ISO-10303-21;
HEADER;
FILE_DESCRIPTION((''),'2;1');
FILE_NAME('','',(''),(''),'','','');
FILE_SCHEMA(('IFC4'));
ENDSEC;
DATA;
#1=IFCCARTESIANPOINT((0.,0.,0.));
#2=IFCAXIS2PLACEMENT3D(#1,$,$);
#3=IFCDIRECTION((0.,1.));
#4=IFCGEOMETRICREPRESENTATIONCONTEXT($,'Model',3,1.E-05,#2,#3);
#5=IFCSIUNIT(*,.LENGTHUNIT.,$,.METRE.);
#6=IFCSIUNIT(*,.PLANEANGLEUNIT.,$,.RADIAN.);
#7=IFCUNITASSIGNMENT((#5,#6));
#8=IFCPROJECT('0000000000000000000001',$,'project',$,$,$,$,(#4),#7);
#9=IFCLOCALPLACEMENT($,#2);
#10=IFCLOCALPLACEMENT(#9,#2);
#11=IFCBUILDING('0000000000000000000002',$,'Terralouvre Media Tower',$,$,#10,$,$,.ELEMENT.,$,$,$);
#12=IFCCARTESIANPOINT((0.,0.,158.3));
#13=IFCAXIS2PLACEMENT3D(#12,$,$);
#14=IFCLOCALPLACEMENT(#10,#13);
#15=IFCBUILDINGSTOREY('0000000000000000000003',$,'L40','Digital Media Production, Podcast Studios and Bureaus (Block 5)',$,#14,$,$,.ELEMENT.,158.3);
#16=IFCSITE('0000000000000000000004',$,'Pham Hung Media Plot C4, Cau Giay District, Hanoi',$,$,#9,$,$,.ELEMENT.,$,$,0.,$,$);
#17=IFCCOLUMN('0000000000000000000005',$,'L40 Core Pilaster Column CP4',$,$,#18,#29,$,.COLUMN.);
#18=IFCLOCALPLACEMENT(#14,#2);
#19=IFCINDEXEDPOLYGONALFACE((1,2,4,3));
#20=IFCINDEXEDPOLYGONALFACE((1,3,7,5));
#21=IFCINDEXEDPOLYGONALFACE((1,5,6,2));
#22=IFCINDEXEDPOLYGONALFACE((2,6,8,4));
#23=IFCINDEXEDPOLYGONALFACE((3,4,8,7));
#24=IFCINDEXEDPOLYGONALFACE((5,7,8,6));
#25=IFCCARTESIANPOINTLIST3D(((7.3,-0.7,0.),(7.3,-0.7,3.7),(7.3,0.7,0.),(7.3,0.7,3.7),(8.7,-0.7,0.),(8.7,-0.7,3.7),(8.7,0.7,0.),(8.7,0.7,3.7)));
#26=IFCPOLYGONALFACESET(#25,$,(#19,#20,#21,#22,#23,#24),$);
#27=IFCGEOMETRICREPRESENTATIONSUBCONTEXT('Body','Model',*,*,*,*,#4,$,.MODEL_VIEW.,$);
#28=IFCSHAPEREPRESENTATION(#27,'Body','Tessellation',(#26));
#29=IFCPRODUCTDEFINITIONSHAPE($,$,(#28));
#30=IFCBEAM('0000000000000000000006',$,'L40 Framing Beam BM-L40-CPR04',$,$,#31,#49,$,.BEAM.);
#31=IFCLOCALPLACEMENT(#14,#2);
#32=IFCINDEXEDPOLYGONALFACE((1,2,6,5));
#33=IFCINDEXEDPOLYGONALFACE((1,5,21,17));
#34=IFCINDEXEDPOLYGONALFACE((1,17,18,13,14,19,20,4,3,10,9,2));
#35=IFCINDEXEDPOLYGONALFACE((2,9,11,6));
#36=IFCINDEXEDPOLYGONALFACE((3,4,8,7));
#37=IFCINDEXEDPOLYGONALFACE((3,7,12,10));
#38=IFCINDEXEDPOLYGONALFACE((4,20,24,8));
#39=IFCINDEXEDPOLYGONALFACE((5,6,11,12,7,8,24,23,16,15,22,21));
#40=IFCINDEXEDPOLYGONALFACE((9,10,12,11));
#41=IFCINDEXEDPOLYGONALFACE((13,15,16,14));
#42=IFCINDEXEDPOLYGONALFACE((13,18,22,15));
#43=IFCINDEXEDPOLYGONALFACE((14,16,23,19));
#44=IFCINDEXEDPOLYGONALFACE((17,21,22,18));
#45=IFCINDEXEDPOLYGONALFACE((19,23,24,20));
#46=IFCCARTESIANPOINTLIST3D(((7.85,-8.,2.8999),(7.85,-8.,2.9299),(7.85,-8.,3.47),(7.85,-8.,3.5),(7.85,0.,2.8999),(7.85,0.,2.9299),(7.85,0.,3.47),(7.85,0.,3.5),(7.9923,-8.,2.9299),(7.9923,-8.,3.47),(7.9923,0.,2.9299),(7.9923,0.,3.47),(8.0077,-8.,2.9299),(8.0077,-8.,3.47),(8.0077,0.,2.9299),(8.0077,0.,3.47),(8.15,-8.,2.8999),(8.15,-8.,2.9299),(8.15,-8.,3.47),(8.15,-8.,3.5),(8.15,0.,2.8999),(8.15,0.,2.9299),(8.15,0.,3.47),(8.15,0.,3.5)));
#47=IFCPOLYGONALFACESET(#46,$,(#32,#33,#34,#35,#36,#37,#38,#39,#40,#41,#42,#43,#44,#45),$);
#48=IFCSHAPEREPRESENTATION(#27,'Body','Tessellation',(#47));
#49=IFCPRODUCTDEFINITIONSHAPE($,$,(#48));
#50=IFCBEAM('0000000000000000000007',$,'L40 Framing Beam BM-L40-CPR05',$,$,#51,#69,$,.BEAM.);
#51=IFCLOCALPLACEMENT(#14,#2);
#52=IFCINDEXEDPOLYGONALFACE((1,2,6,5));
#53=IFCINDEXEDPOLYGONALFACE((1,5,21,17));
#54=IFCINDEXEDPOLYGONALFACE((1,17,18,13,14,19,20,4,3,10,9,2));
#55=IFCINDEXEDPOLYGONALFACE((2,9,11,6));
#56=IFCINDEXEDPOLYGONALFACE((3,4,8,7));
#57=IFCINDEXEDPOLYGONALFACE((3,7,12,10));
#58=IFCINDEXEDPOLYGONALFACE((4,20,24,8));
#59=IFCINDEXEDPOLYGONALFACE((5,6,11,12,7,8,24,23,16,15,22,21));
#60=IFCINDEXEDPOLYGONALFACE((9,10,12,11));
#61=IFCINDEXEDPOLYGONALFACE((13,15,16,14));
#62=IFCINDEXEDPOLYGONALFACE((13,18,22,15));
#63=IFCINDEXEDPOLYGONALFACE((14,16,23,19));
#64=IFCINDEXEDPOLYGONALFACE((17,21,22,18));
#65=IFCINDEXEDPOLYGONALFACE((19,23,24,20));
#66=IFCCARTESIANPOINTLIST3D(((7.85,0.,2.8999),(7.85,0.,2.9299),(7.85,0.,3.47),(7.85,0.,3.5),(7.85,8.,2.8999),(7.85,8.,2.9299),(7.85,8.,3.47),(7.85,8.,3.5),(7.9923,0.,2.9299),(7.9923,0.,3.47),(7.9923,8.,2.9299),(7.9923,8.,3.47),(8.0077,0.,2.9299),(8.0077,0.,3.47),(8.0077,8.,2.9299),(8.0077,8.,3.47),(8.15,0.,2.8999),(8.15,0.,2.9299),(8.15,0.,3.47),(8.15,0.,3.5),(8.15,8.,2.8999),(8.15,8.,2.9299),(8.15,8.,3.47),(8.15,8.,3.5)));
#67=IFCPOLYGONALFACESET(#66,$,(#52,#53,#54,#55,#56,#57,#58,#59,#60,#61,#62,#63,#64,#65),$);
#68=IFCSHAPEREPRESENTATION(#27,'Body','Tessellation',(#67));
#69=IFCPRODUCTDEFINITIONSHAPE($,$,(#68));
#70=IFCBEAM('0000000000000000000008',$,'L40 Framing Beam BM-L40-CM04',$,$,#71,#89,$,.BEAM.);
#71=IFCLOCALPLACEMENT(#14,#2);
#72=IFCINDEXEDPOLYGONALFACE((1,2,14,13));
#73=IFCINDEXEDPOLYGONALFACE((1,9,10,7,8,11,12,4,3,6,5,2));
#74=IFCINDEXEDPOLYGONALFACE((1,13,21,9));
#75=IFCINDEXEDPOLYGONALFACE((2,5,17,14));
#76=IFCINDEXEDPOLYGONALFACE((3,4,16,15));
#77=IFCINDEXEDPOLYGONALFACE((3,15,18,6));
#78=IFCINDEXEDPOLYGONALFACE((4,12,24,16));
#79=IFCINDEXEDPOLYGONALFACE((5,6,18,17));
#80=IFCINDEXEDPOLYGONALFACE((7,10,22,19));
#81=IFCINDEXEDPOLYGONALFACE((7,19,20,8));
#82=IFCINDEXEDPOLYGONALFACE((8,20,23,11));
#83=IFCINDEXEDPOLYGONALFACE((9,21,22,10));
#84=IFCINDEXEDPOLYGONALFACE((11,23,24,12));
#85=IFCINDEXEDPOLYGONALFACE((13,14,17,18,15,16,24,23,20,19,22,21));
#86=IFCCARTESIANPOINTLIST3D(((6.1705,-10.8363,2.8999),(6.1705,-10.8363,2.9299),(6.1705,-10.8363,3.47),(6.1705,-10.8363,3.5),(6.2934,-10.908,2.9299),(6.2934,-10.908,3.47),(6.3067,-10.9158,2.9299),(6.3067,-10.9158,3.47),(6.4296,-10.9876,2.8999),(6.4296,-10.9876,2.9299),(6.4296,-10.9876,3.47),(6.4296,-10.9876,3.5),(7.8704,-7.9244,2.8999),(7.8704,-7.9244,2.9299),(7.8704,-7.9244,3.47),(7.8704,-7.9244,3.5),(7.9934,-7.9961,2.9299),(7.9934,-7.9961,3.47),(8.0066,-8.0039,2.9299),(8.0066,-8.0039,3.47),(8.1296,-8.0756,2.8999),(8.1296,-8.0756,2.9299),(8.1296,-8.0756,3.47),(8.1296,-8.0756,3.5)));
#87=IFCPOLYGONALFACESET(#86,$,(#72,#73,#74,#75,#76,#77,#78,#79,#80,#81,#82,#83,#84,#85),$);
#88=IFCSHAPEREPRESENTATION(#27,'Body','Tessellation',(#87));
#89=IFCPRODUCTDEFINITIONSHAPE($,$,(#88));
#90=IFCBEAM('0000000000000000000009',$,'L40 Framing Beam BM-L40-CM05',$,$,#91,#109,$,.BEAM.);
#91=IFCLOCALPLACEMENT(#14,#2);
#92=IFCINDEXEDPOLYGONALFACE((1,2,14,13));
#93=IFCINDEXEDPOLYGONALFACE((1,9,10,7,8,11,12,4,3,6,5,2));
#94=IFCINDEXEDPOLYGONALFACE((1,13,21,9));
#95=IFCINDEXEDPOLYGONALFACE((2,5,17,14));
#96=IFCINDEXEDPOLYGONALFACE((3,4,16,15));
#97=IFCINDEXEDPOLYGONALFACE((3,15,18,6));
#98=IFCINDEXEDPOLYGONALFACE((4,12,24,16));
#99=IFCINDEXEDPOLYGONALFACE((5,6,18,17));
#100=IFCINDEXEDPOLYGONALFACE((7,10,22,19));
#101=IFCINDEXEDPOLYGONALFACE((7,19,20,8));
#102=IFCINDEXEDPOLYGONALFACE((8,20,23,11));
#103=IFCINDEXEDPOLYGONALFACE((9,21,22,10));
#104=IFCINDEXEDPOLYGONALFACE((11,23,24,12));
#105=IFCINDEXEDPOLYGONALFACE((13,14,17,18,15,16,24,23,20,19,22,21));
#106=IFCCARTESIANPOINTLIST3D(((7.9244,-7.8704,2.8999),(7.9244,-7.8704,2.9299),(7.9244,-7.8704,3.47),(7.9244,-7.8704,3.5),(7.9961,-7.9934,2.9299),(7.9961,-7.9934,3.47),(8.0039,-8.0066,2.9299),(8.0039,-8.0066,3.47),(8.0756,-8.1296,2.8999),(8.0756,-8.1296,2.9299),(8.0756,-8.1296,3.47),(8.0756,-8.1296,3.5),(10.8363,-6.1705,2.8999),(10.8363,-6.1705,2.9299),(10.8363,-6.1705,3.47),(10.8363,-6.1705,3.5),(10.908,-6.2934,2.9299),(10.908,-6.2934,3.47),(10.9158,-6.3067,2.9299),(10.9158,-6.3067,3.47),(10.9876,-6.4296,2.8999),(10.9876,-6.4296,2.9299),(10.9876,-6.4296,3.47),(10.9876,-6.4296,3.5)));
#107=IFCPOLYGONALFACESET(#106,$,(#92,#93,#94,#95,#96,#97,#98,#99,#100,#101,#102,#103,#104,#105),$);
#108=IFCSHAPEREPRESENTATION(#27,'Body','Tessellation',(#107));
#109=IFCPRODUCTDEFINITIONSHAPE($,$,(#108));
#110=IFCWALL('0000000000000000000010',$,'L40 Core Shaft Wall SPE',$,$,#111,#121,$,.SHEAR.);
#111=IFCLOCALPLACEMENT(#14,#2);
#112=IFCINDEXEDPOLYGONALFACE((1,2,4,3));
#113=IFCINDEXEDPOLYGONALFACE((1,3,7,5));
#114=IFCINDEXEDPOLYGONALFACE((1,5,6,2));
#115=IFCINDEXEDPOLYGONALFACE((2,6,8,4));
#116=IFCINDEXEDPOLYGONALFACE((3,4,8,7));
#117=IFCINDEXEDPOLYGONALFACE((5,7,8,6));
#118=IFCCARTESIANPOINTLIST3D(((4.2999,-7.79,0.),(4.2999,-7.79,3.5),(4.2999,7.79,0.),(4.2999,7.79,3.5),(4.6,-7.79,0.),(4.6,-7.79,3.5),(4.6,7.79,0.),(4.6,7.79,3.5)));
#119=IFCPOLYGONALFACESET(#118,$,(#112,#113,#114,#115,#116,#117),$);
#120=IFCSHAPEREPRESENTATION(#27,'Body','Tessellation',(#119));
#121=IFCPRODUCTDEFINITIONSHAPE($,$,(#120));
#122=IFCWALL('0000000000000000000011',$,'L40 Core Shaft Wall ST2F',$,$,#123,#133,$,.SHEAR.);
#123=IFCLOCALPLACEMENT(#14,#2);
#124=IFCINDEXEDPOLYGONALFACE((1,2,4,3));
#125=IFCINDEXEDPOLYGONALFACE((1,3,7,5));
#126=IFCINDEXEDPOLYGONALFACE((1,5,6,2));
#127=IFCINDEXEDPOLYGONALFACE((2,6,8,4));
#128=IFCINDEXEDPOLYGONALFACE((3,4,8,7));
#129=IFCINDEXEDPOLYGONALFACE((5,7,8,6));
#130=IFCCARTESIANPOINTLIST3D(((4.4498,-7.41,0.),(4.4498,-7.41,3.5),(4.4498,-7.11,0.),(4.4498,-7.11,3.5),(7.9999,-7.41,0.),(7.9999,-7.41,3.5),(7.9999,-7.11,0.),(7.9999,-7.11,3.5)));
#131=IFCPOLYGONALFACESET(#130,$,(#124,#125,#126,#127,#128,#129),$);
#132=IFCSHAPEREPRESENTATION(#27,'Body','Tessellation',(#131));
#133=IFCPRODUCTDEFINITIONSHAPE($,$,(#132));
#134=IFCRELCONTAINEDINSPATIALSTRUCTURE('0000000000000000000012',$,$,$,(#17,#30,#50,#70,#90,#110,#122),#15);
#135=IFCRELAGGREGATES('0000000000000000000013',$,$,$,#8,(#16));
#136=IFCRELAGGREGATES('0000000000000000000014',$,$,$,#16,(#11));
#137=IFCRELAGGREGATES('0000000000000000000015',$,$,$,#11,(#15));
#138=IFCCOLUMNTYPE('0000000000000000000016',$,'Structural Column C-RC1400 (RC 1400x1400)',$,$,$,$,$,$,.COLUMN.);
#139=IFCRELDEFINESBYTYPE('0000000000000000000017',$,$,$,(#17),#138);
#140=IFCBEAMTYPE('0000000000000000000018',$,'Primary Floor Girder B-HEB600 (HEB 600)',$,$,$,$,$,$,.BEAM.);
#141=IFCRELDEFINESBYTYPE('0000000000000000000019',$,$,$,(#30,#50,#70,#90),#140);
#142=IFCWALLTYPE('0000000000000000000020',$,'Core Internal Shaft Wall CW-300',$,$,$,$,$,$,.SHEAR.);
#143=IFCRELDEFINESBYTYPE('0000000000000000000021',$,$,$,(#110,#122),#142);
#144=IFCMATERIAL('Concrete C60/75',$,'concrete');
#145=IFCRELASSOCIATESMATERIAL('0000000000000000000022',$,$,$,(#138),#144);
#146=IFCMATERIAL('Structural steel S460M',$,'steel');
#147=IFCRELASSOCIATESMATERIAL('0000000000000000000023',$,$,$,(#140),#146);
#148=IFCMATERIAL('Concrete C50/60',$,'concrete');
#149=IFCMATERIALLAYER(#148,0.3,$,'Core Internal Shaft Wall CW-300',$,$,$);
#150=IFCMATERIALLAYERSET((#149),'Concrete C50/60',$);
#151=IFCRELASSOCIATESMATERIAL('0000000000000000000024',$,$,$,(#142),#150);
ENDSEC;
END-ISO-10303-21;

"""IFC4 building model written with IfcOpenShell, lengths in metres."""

from ifc_helpers import new_model, si_unit, direction, frame, frame_2d, origin, origin_2d, place, context, subcontext, project, spatial, rectangle, i_section, extrude, material, layer, layer_set, material_profile, profile_set, type_object, element, save


model = new_model("IFC4")

# Units and contexts
model_context = context("Model", 3, precision=1e-05, world=origin(), true_north=direction((0.0, 1.0)))
body_context = subcontext(model_context, "Body", "Model", "MODEL_VIEW")
ifc_project = project(units=[si_unit("LENGTHUNIT", "METRE"), si_unit("PLANEANGLEUNIT", "RADIAN")], contexts=[model_context])

# Site, building, storey
site_placement = place(None, origin())
site = spatial("IfcSite", under=ifc_project, at=site_placement, Name="Pham Hung Media Plot C4, Cau Giay District, Hanoi", CompositionType="ELEMENT", RefElevation=0.0)
building_placement = place(site_placement, origin())
building = spatial("IfcBuilding", under=site, at=building_placement, Name="Terralouvre Media Tower", CompositionType="ELEMENT")
storey_placement = place(building_placement, frame((0.0, 0.0, 158.3)))
storey = spatial("IfcBuildingStorey", under=building, at=storey_placement, Name="L40", Description="Digital Media Production, Podcast Studios and Bureaus (Block 5)", CompositionType="ELEMENT", Elevation=158.3)

# Column
ifc_material_1 = material(Name="Concrete C60/75", Category="concrete")
ifc_material_profile_1 = material_profile(ifc_material_1, rectangle(XDim=1.3999, YDim=1.3999, at=origin_2d()), Name="RC 1400x1400")
ifc_profile_set_1 = profile_set([ifc_material_profile_1], Name="Concrete C60/75")
column_type = type_object("IfcColumnType", Name="Structural Column C-RC1400 (RC 1400x1400)", PredefinedType="COLUMN", material=ifc_profile_set_1)
column_placement = place(storey_placement, frame((8.0, 0.0, 0.0), z_axis=(0.0, 0.0, 1.0), x_axis=(1.0, 0.0, 0.0)))
element("IfcColumn", 1, at=column_placement, inside=storey, type_object=column_type, Name="L40 Core Pilaster Column CP4", PredefinedType="COLUMN", context=body_context, shape_type="SweptSolid", body=[
    extrude(rectangle(XDim=1.3999, YDim=1.3999, at=origin_2d()), origin(), (0.0, 0.0, 1.0), 3.7),
])

# Beams
ifc_material_2 = material(Name="Structural steel S460M", Category="steel")
ifc_material_profile_2 = material_profile(ifc_material_2, i_section(OverallWidth=0.3, OverallDepth=0.6001, WebThickness=0.0154, FlangeThickness=0.03, at=origin_2d()), Name="HEB 600")
ifc_profile_set_2 = profile_set([ifc_material_profile_2], Name="Structural steel S460M")
beam_type = type_object("IfcBeamType", Name="Primary Floor Girder B-HEB600 (HEB 600)", PredefinedType="BEAM", material=ifc_profile_set_2)
for number, where, z_axis, x_axis, name in (
    (2, (8.0, -8.0, 3.2), (0.0, 1.0, 0.0), (-1.0, 0.0, 0.0), "L40 Framing Beam BM-L40-CPR04"),
    (3, (8.0, 0.0, 3.2), (0.0, 1.0, 0.0), (-1.0, 0.0, 0.0), "L40 Framing Beam BM-L40-CPR05"),
):
    element("IfcBeam", number, at=place(storey_placement, frame(where, z_axis=z_axis, x_axis=x_axis)), inside=storey, type_object=beam_type, Name=name, PredefinedType="BEAM", context=body_context, shape_type="SweptSolid", body=[
        extrude(i_section(OverallWidth=0.3, OverallDepth=0.6001, WebThickness=0.0154, FlangeThickness=0.03, at=origin_2d()), origin(), (0.0, 0.0, 1.0), 8.0),
    ])
for number, where, z_axis, x_axis, name in (
    (4, (8.0, -8.0, 3.2), (-0.504173, -0.863603, 0.0), (0.863603, -0.504173, 0.0), "L40 Framing Beam BM-L40-CM04"),
    (5, (8.0, -8.0, 3.2), (0.863603, 0.504173, 0.0), (-0.504173, 0.863603, 0.0), "L40 Framing Beam BM-L40-CM05"),
):
    element("IfcBeam", number, at=place(storey_placement, frame(where, z_axis=z_axis, x_axis=x_axis)), inside=storey, type_object=beam_type, Name=name, PredefinedType="BEAM", context=body_context, shape_type="SweptSolid", body=[
        extrude(i_section(OverallWidth=0.3, OverallDepth=0.6001, WebThickness=0.0154, FlangeThickness=0.03, at=origin_2d()), origin(), (0.0, 0.0, 1.0), 3.3718),
    ])

# Wall
ifc_material_3 = material(Name="Concrete C50/60", Category="concrete")
ifc_layer_1 = layer(ifc_material_3, 0.3, Name="Core Internal Shaft Wall CW-300")
ifc_layer_set_1 = layer_set([ifc_layer_1], Name="Concrete C50/60")
wall_type_1 = type_object("IfcWallType", Name="Core Internal Shaft Wall CW-300", PredefinedType="SHEAR", material=ifc_layer_set_1)
wall_1_placement = place(storey_placement, frame((4.45, -7.79, 0.0), z_axis=(0.0, 0.0, 1.0), x_axis=(0.0, 1.0, 0.0)))
element("IfcWall", 6, at=wall_1_placement, inside=storey, type_object=wall_type_1, Name="L40 Core Shaft Wall SPE", PredefinedType="SHEAR", context=body_context, shape_type="SweptSolid", body=[
    extrude(rectangle(XDim=15.5801, YDim=0.3, at=frame_2d((7.79, 0.0))), origin(), (0.0, 0.0, 1.0), 3.5),
])

# Wall
wall_2_placement = place(storey_placement, frame((4.45, -7.26, 0.0), z_axis=(0.0, 0.0, 1.0), x_axis=(1.0, 0.0, 0.0)))
element("IfcWall", 7, at=wall_2_placement, inside=storey, type_object=wall_type_1, Name="L40 Core Shaft Wall ST2F", PredefinedType="SHEAR", context=body_context, shape_type="SweptSolid", body=[
    extrude(rectangle(XDim=3.55, YDim=0.3, at=frame_2d((1.7749, 0.0))), origin(), (0.0, 0.0, 1.0), 3.5),
])

save(model, "model.ifc")
